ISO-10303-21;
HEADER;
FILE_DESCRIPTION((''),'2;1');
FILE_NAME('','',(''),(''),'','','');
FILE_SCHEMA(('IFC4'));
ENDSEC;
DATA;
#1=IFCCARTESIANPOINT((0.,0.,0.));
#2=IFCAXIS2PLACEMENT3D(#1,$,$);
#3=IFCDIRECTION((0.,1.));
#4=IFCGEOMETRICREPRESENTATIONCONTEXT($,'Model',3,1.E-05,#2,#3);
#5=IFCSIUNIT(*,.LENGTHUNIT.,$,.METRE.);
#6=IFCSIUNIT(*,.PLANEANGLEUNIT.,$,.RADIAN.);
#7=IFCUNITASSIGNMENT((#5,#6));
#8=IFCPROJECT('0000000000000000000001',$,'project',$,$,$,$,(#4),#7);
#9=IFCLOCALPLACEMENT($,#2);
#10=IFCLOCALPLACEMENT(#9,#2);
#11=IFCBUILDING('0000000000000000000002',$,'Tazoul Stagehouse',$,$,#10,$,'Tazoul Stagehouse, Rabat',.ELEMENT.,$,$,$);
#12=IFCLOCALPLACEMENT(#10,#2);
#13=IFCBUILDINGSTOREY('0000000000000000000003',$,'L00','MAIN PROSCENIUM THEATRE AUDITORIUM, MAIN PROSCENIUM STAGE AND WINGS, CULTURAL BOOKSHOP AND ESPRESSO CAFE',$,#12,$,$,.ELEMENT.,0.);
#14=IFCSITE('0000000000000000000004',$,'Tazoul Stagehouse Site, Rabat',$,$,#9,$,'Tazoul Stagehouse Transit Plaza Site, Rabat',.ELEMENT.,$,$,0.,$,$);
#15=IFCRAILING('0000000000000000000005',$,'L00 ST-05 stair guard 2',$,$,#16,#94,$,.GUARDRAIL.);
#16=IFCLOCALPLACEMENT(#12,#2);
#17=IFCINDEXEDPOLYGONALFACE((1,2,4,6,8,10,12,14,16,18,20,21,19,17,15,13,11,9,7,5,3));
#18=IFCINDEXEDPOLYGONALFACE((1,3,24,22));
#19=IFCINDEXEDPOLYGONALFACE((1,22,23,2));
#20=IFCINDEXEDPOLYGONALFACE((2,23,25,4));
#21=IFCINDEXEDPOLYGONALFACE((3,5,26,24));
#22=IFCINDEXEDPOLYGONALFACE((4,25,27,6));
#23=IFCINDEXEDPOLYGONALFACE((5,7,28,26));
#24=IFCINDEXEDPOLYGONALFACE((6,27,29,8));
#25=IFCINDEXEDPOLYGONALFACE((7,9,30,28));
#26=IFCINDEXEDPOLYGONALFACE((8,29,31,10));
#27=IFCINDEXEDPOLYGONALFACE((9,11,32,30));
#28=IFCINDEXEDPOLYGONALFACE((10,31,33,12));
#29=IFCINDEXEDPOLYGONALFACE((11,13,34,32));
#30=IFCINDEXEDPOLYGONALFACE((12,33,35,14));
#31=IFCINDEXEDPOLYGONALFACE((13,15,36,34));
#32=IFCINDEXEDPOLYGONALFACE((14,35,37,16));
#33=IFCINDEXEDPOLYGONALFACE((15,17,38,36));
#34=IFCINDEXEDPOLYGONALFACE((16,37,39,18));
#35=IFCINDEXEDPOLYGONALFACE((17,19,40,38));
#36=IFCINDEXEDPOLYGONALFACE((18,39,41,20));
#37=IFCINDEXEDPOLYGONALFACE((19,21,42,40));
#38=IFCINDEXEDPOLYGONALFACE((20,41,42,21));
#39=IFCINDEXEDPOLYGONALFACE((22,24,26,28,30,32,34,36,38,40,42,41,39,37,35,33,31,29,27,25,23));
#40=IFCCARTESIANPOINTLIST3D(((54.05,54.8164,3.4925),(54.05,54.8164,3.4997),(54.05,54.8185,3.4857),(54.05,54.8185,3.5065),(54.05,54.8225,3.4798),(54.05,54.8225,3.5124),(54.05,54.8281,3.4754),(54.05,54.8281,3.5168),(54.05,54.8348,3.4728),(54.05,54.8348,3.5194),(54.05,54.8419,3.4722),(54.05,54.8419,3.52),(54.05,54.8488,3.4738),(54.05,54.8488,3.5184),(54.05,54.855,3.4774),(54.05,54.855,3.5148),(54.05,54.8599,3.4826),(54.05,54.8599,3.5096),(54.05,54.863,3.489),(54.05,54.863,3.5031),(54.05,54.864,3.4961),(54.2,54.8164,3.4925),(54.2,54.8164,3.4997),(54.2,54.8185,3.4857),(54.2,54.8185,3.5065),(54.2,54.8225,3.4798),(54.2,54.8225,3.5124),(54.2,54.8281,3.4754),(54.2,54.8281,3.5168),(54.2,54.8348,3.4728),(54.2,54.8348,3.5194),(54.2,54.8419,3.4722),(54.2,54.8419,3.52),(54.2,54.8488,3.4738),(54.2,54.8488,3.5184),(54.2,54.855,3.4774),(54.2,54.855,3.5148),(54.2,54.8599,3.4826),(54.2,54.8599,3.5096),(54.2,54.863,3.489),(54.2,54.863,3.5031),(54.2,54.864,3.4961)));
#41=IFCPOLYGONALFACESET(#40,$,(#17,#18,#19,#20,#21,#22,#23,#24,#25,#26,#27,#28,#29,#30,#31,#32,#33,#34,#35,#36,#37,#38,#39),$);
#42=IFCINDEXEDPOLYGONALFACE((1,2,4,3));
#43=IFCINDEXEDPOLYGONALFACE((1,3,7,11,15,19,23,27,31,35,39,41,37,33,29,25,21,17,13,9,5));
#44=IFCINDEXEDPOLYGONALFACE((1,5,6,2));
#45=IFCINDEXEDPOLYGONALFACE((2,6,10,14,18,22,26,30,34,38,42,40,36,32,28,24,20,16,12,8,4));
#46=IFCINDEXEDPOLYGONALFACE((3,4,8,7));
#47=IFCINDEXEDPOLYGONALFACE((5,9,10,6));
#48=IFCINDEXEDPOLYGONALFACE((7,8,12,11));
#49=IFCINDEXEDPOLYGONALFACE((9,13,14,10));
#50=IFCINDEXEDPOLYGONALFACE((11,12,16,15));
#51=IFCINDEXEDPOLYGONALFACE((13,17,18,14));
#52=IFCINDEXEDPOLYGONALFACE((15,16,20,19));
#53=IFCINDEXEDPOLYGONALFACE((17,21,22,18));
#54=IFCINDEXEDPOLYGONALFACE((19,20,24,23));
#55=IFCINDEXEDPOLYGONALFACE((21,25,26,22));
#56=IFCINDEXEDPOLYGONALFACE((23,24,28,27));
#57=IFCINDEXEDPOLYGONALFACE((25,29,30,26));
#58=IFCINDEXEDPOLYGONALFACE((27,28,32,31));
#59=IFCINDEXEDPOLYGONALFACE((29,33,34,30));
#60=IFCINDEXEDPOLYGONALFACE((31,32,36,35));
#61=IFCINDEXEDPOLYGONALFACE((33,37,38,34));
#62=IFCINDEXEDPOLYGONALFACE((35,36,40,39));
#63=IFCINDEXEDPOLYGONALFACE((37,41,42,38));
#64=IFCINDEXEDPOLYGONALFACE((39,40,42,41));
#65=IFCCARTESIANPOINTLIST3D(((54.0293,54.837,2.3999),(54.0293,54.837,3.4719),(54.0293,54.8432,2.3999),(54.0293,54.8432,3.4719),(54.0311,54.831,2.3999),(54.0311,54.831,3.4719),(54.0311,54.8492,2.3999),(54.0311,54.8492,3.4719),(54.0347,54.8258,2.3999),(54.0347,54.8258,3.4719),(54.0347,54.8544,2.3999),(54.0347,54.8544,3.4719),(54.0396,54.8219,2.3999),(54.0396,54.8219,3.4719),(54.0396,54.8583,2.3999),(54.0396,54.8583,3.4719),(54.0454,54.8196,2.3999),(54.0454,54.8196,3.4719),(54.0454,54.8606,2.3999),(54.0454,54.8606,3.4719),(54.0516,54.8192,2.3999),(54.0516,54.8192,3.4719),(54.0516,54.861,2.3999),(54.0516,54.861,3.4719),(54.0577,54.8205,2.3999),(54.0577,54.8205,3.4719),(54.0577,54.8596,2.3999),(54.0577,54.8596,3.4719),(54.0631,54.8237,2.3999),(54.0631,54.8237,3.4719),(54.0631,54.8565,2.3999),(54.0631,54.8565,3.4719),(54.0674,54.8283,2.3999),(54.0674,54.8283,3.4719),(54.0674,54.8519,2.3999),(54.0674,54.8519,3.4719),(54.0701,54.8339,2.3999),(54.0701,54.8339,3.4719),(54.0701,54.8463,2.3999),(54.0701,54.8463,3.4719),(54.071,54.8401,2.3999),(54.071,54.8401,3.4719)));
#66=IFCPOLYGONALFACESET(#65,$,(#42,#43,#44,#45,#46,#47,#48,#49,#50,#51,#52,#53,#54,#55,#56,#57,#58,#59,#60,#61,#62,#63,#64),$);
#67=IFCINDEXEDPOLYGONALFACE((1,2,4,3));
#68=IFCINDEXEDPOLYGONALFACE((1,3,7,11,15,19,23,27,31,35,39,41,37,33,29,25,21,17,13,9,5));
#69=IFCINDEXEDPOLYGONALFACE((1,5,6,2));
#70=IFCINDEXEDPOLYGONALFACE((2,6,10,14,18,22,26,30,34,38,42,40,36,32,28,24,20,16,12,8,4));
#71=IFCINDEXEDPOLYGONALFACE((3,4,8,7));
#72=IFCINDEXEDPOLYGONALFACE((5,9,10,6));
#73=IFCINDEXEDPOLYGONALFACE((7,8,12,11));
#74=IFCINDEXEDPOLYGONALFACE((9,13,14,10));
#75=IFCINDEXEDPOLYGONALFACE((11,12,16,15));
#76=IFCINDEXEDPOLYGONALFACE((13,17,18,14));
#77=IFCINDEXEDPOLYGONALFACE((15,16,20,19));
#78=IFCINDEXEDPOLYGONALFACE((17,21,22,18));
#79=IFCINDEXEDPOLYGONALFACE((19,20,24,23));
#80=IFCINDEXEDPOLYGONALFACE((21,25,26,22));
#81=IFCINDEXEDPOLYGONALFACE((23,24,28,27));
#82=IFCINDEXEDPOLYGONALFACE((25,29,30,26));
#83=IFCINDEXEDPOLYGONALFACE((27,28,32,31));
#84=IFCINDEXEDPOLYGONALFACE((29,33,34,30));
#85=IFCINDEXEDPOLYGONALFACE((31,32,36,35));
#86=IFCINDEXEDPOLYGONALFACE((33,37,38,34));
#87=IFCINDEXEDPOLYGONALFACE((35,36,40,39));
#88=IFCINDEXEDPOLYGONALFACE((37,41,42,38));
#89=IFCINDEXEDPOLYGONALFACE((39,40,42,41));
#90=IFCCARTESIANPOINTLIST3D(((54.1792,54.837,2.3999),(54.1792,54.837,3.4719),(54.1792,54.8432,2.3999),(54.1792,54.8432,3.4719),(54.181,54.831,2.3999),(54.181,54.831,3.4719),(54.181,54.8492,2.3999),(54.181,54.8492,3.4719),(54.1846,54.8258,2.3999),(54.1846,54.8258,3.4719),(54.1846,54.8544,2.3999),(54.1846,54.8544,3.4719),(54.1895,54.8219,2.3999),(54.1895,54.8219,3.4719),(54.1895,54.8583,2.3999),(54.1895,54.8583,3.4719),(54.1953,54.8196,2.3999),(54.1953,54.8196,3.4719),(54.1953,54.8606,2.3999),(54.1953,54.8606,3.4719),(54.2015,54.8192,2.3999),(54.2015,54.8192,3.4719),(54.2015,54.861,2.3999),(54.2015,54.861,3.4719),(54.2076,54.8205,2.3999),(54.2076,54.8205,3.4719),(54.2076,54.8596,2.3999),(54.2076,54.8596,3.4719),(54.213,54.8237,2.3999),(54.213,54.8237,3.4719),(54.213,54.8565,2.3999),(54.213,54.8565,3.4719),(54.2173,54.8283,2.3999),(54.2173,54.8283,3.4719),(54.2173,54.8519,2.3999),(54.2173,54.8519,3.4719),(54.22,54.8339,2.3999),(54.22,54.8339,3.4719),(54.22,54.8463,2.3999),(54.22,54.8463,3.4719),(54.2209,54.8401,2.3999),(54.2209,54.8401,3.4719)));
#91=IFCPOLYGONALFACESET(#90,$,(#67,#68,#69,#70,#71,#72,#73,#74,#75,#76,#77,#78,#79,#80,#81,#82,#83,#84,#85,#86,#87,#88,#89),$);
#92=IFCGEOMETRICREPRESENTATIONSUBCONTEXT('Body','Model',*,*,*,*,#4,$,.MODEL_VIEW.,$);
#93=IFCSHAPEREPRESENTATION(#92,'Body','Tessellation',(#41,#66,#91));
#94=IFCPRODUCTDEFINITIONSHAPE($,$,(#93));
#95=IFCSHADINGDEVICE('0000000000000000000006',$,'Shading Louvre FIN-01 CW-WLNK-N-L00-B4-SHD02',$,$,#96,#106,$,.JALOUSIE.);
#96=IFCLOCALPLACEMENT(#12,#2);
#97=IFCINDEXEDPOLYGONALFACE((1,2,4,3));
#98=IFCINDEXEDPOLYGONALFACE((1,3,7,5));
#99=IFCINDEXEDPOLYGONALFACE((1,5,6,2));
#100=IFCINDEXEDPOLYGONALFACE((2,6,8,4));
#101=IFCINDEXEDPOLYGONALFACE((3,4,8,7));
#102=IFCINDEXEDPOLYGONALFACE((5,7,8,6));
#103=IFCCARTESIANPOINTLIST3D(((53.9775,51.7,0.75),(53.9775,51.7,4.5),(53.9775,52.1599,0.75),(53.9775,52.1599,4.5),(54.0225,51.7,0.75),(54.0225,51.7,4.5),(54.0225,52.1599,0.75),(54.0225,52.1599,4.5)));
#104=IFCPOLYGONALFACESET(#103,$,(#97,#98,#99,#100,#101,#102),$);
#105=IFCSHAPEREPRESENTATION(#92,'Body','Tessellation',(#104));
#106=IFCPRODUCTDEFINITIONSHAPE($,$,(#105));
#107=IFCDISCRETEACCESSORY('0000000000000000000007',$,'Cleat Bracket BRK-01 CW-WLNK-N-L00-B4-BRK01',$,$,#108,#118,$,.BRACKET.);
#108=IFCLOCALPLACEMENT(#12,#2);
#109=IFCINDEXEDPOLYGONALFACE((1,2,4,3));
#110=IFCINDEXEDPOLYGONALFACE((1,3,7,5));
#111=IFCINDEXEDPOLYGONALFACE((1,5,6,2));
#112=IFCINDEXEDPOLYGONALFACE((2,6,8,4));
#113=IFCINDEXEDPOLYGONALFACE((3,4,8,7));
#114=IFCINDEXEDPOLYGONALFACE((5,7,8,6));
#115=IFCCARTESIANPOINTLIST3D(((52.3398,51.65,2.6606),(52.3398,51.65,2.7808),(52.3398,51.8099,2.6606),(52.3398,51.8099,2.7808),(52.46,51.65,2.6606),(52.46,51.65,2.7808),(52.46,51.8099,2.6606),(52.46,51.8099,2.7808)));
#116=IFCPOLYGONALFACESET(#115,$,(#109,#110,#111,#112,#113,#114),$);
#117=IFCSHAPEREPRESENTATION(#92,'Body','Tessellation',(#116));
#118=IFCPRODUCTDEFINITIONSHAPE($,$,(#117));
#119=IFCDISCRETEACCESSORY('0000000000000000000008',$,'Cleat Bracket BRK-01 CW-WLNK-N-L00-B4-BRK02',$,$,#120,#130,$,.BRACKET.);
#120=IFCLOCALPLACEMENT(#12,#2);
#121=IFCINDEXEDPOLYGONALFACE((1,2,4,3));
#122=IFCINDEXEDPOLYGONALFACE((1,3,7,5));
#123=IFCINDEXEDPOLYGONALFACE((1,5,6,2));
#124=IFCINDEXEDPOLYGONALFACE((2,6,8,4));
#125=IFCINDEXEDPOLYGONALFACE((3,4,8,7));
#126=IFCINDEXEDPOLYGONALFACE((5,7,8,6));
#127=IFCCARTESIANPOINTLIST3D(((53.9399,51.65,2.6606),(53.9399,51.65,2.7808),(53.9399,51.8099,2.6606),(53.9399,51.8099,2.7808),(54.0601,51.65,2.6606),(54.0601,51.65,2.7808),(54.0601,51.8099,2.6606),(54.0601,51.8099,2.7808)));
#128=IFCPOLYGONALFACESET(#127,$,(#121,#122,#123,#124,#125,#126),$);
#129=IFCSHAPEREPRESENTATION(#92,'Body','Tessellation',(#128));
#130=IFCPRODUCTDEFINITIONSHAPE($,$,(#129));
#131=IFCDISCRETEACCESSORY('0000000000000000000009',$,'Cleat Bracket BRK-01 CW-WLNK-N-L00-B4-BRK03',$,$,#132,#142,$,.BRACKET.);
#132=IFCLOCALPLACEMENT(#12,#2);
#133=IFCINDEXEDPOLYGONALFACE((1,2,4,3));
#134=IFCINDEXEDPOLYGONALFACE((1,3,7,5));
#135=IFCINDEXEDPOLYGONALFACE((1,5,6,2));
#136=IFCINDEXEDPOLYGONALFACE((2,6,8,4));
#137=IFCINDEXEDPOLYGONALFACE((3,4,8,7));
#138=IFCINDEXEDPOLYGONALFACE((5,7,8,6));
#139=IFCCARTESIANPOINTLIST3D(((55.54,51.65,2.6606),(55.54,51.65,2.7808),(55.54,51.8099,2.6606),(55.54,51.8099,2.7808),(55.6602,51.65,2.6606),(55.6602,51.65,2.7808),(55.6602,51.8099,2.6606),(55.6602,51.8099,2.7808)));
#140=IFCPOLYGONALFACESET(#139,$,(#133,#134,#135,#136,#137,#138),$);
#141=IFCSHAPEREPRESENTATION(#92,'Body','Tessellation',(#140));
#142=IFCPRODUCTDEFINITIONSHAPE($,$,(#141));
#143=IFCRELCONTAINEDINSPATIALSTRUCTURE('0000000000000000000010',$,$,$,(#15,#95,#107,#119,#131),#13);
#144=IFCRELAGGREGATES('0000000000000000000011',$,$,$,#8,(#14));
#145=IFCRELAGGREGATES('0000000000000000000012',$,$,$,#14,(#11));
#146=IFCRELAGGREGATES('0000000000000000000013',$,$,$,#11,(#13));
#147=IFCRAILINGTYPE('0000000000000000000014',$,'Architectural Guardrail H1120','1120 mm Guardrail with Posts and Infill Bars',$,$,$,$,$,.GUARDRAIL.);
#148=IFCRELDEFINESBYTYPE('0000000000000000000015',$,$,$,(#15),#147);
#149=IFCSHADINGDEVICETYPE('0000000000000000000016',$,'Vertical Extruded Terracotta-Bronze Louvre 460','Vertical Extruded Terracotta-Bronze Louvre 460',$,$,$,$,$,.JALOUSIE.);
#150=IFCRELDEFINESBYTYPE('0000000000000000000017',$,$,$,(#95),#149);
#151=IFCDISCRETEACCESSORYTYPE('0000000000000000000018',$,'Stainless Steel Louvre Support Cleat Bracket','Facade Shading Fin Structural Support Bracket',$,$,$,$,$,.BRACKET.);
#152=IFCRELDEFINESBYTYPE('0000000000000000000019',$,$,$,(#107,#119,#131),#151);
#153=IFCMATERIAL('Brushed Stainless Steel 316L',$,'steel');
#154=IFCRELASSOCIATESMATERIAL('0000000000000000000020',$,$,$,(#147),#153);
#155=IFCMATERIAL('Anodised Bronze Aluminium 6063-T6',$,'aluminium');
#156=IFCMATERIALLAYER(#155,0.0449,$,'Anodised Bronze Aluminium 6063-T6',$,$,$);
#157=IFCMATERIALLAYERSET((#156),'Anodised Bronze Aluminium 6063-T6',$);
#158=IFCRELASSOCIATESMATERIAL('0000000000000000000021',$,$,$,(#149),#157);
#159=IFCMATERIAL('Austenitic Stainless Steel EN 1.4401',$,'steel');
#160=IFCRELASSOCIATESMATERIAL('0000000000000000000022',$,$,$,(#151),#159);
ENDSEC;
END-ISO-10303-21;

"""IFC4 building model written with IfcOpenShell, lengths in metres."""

from ifc_helpers import new_model, si_unit, direction, frame, origin, origin_2d, place, context, subcontext, project, spatial, rectangle, circle, extrude, material, layer, layer_set, material_profile, profile_set, type_object, element, save


model = new_model("IFC4")

# Units and contexts
model_context = context("Model", 3, precision=1e-05, world=origin(), true_north=direction((0.0, 1.0)))
body_context = subcontext(model_context, "Body", "Model", "MODEL_VIEW")
ifc_project = project(units=[si_unit("LENGTHUNIT", "METRE"), si_unit("PLANEANGLEUNIT", "RADIAN")], contexts=[model_context])

# Site, building, storey
site_placement = place(None, origin())
site = spatial("IfcSite", under=ifc_project, at=site_placement, Name="Tazoul Stagehouse Site, Rabat", LongName="Tazoul Stagehouse Transit Plaza Site, Rabat", CompositionType="ELEMENT", RefElevation=0.0)
building_placement = place(site_placement, origin())
building = spatial("IfcBuilding", under=site, at=building_placement, Name="Tazoul Stagehouse", LongName="Tazoul Stagehouse, Rabat", CompositionType="ELEMENT")
storey_placement = place(building_placement, origin())
storey = spatial("IfcBuildingStorey", under=building, at=storey_placement, Name="L00", Description="MAIN PROSCENIUM THEATRE AUDITORIUM, MAIN PROSCENIUM STAGE AND WINGS, CULTURAL BOOKSHOP AND ESPRESSO CAFE", CompositionType="ELEMENT", Elevation=0.0)

# Shared definitions
ifc_material_1 = material(Name="Anodised Bronze Aluminium 6063-T6", Category="aluminium")

# Railing
ifc_material_2 = material(Name="Brushed Stainless Steel 316L", Category="steel")
ifc_material_profile_1 = material_profile(ifc_material_2, circle(Radius=0.0239, at=origin_2d()), Name="SS RAIL D48")
ifc_profile_set_1 = profile_set([ifc_material_profile_1], Name="Brushed Stainless Steel 316L")
railing_type = type_object("IfcRailingType", Name="Architectural Guardrail H1120", Description="1120 mm Guardrail with Posts and Infill Bars", PredefinedType="GUARDRAIL", material=ifc_profile_set_1)
railing_placement = place(storey_placement, frame((54.05, 54.8401, 2.3999)))
element("IfcRailing", 1, at=railing_placement, inside=storey, type_object=railing_type, Name="L00 ST-05 stair guard 2", PredefinedType="GUARDRAIL", context=body_context, shape_type="SweptSolid", body=[
    extrude(circle(Radius=0.0239, at=origin_2d()), frame((0.0, 0.0, 1.0962), z_axis=(1.0, 0.0, 0.0), x_axis=(0.0, 1.0, 0.0)), (0.0, 0.0, 1.0), 0.1499),
    extrude(circle(Radius=0.021, at=origin_2d()), origin(), (0.0, 0.0, 1.0), 1.072),
    extrude(circle(Radius=0.021, at=origin_2d()), frame((0.1499, 0.0, 0.0)), (0.0, 0.0, 1.0), 1.072),
])

# Shading device
ifc_layer_1 = layer(ifc_material_1, 0.0449, Name="Anodised Bronze Aluminium 6063-T6")
ifc_layer_set_1 = layer_set([ifc_layer_1], Name="Anodised Bronze Aluminium 6063-T6")
shading_device_type_1 = type_object("IfcShadingDeviceType", Name="Vertical Extruded Terracotta-Bronze Louvre 460", Description="Vertical Extruded Terracotta-Bronze Louvre 460", PredefinedType="JALOUSIE", material=ifc_layer_set_1)
shading_device_placement = place(storey_placement, frame((54.0, 51.9299, 0.75), z_axis=(0.0, 0.0, 1.0), x_axis=(1.0, 0.0, 0.0)))
element("IfcShadingDevice", 2, at=shading_device_placement, inside=storey, type_object=shading_device_type_1, Name="Shading Louvre FIN-01 CW-WLNK-N-L00-B4-SHD02", PredefinedType="JALOUSIE", context=body_context, shape_type="SweptSolid", body=[
    extrude(rectangle(XDim=0.0449, YDim=0.46, at=origin_2d()), origin(), (0.0, 0.0, 1.0), 3.75),
])

# Discrete accessories
ifc_material_3 = material(Name="Austenitic Stainless Steel EN 1.4401", Category="steel")
discrete_accessory_type = type_object("IfcDiscreteAccessoryType", Name="Stainless Steel Louvre Support Cleat Bracket", Description="Facade Shading Fin Structural Support Bracket", PredefinedType="BRACKET", material=ifc_material_3)
for number, where, z_axis, x_axis, name in (
    (3, (52.3999, 51.73, 2.6606), (0.0, 0.0, 1.0), (1.0, 0.0, 0.0), "Cleat Bracket BRK-01 CW-WLNK-N-L00-B4-BRK01"),
    (4, (54.0, 51.73, 2.6606), (0.0, 0.0, 1.0), (1.0, 0.0, 0.0), "Cleat Bracket BRK-01 CW-WLNK-N-L00-B4-BRK02"),
    (5, (55.6001, 51.73, 2.6606), (0.0, 0.0, 1.0), (1.0, 0.0, 0.0), "Cleat Bracket BRK-01 CW-WLNK-N-L00-B4-BRK03"),
):
    element("IfcDiscreteAccessory", number, at=place(storey_placement, frame(where, z_axis=z_axis, x_axis=x_axis)), inside=storey, type_object=discrete_accessory_type, Name=name, PredefinedType="BRACKET", context=body_context, shape_type="SweptSolid", body=[
        extrude(rectangle(XDim=0.1201, YDim=0.1599, at=origin_2d()), origin(), (0.0, 0.0, 1.0), 0.1201),
    ])

save(model, "model.ifc")
